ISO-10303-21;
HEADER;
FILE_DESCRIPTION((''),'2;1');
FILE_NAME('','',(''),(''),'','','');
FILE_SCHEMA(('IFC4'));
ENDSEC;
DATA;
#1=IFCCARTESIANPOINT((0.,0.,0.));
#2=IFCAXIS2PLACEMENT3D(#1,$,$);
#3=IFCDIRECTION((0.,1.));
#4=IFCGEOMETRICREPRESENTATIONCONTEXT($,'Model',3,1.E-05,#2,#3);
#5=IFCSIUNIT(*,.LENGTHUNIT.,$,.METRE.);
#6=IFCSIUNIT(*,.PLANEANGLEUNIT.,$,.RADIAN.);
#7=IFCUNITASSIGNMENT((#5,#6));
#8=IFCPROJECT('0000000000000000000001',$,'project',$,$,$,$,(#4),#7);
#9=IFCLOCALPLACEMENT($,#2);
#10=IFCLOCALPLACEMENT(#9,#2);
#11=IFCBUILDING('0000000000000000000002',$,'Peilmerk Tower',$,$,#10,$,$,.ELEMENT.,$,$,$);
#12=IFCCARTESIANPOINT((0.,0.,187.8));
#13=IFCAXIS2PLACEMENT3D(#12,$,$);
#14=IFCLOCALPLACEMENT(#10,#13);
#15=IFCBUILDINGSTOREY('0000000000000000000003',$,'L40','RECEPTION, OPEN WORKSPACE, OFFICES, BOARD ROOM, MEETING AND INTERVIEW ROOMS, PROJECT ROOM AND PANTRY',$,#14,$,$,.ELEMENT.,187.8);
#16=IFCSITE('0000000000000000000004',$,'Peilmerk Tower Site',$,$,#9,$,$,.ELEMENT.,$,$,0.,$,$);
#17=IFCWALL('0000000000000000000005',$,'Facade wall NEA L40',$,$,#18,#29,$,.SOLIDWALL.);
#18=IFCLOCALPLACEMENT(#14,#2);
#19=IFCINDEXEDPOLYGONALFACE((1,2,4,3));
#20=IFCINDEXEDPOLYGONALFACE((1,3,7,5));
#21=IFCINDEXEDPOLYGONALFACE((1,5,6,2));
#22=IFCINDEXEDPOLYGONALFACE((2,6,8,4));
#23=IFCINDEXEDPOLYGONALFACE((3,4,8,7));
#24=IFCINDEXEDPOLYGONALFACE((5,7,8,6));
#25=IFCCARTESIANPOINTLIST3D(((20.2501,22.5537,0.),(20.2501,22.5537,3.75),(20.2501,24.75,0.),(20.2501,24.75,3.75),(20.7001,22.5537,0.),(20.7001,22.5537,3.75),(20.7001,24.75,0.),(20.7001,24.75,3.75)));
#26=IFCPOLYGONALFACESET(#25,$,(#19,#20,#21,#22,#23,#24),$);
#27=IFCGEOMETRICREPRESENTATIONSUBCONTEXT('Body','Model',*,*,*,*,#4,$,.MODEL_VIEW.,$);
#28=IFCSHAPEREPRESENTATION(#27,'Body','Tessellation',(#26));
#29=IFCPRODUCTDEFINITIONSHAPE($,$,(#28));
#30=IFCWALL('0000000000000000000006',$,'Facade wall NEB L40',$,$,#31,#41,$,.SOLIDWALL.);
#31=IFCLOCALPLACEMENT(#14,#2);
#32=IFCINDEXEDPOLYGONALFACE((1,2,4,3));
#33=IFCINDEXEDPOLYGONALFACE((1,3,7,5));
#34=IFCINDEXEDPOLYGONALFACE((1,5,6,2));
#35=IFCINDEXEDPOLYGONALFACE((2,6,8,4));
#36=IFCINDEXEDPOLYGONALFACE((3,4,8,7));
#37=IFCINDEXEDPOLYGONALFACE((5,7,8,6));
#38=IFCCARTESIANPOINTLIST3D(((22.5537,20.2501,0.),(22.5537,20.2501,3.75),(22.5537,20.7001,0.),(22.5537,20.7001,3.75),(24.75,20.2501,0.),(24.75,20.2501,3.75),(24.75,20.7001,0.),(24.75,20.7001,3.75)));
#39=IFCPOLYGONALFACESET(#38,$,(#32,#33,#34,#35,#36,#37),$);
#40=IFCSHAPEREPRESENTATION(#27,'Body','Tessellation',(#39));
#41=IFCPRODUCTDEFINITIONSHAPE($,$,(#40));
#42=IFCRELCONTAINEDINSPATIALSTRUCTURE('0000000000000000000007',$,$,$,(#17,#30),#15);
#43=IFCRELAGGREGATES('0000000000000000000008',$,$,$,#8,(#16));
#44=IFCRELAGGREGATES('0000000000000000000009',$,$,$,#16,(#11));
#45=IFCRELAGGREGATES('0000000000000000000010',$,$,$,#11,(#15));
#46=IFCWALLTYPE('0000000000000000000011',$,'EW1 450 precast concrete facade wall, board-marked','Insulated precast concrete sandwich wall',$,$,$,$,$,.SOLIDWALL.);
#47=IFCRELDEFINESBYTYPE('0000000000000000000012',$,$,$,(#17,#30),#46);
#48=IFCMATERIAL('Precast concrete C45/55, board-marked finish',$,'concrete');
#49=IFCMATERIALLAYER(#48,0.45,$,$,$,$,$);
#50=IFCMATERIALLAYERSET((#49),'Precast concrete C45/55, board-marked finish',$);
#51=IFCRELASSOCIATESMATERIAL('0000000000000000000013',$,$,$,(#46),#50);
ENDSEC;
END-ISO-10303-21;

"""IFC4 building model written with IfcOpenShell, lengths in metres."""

from ifc_helpers import new_model, si_unit, direction, frame, frame_2d, origin, place, context, subcontext, project, spatial, rectangle, extrude, material, layer, layer_set, type_object, element, save


model = new_model("IFC4")

# Units and contexts
model_context = context("Model", 3, precision=1e-05, world=origin(), true_north=direction((0.0, 1.0)))
body_context = subcontext(model_context, "Body", "Model", "MODEL_VIEW")
ifc_project = project(units=[si_unit("LENGTHUNIT", "METRE"), si_unit("PLANEANGLEUNIT", "RADIAN")], contexts=[model_context])

# Site, building, storey
site_placement = place(None, origin())
site = spatial("IfcSite", under=ifc_project, at=site_placement, Name="Peilmerk Tower Site", CompositionType="ELEMENT", RefElevation=0.0)
building_placement = place(site_placement, origin())
building = spatial("IfcBuilding", under=site, at=building_placement, Name="Peilmerk Tower", CompositionType="ELEMENT")
storey_placement = place(building_placement, frame((0.0, 0.0, 187.8)))
storey = spatial("IfcBuildingStorey", under=building, at=storey_placement, Name="L40", Description="RECEPTION, OPEN WORKSPACE, OFFICES, BOARD ROOM, MEETING AND INTERVIEW ROOMS, PROJECT ROOM AND PANTRY", CompositionType="ELEMENT", Elevation=187.8)

# Shared definitions
ifc_material_1 = material(Name="Precast concrete C45/55, board-marked finish", Category="concrete")
ifc_layer_1 = layer(ifc_material_1, 0.45)
ifc_layer_set_1 = layer_set([ifc_layer_1], Name="Precast concrete C45/55, board-marked finish")
wall_type = type_object("IfcWallType", Name="EW1 450 precast concrete facade wall, board-marked", Description="Insulated precast concrete sandwich wall", PredefinedType="SOLIDWALL", material=ifc_layer_set_1)

# Walls
for number, where, z_axis, x_axis, name in (
    (1, (20.4751, 22.5537, 0.0), (0.0, 0.0, 1.0), (0.0, 1.0, 0.0), "Facade wall NEA L40"),
    (2, (22.5537, 20.4751, 0.0), (0.0, 0.0, 1.0), (1.0, 0.0, 0.0), "Facade wall NEB L40"),
):
    element("IfcWall", number, at=place(storey_placement, frame(where, z_axis=z_axis, x_axis=x_axis)), inside=storey, type_object=wall_type, Name=name, PredefinedType="SOLIDWALL", context=body_context, shape_type="SweptSolid", body=[
        extrude(rectangle(XDim=2.1963, YDim=0.45, at=frame_2d((1.0981, 0.0))), origin(), (0.0, 0.0, 1.0), 3.75),
    ])

save(model, "model.ifc")
